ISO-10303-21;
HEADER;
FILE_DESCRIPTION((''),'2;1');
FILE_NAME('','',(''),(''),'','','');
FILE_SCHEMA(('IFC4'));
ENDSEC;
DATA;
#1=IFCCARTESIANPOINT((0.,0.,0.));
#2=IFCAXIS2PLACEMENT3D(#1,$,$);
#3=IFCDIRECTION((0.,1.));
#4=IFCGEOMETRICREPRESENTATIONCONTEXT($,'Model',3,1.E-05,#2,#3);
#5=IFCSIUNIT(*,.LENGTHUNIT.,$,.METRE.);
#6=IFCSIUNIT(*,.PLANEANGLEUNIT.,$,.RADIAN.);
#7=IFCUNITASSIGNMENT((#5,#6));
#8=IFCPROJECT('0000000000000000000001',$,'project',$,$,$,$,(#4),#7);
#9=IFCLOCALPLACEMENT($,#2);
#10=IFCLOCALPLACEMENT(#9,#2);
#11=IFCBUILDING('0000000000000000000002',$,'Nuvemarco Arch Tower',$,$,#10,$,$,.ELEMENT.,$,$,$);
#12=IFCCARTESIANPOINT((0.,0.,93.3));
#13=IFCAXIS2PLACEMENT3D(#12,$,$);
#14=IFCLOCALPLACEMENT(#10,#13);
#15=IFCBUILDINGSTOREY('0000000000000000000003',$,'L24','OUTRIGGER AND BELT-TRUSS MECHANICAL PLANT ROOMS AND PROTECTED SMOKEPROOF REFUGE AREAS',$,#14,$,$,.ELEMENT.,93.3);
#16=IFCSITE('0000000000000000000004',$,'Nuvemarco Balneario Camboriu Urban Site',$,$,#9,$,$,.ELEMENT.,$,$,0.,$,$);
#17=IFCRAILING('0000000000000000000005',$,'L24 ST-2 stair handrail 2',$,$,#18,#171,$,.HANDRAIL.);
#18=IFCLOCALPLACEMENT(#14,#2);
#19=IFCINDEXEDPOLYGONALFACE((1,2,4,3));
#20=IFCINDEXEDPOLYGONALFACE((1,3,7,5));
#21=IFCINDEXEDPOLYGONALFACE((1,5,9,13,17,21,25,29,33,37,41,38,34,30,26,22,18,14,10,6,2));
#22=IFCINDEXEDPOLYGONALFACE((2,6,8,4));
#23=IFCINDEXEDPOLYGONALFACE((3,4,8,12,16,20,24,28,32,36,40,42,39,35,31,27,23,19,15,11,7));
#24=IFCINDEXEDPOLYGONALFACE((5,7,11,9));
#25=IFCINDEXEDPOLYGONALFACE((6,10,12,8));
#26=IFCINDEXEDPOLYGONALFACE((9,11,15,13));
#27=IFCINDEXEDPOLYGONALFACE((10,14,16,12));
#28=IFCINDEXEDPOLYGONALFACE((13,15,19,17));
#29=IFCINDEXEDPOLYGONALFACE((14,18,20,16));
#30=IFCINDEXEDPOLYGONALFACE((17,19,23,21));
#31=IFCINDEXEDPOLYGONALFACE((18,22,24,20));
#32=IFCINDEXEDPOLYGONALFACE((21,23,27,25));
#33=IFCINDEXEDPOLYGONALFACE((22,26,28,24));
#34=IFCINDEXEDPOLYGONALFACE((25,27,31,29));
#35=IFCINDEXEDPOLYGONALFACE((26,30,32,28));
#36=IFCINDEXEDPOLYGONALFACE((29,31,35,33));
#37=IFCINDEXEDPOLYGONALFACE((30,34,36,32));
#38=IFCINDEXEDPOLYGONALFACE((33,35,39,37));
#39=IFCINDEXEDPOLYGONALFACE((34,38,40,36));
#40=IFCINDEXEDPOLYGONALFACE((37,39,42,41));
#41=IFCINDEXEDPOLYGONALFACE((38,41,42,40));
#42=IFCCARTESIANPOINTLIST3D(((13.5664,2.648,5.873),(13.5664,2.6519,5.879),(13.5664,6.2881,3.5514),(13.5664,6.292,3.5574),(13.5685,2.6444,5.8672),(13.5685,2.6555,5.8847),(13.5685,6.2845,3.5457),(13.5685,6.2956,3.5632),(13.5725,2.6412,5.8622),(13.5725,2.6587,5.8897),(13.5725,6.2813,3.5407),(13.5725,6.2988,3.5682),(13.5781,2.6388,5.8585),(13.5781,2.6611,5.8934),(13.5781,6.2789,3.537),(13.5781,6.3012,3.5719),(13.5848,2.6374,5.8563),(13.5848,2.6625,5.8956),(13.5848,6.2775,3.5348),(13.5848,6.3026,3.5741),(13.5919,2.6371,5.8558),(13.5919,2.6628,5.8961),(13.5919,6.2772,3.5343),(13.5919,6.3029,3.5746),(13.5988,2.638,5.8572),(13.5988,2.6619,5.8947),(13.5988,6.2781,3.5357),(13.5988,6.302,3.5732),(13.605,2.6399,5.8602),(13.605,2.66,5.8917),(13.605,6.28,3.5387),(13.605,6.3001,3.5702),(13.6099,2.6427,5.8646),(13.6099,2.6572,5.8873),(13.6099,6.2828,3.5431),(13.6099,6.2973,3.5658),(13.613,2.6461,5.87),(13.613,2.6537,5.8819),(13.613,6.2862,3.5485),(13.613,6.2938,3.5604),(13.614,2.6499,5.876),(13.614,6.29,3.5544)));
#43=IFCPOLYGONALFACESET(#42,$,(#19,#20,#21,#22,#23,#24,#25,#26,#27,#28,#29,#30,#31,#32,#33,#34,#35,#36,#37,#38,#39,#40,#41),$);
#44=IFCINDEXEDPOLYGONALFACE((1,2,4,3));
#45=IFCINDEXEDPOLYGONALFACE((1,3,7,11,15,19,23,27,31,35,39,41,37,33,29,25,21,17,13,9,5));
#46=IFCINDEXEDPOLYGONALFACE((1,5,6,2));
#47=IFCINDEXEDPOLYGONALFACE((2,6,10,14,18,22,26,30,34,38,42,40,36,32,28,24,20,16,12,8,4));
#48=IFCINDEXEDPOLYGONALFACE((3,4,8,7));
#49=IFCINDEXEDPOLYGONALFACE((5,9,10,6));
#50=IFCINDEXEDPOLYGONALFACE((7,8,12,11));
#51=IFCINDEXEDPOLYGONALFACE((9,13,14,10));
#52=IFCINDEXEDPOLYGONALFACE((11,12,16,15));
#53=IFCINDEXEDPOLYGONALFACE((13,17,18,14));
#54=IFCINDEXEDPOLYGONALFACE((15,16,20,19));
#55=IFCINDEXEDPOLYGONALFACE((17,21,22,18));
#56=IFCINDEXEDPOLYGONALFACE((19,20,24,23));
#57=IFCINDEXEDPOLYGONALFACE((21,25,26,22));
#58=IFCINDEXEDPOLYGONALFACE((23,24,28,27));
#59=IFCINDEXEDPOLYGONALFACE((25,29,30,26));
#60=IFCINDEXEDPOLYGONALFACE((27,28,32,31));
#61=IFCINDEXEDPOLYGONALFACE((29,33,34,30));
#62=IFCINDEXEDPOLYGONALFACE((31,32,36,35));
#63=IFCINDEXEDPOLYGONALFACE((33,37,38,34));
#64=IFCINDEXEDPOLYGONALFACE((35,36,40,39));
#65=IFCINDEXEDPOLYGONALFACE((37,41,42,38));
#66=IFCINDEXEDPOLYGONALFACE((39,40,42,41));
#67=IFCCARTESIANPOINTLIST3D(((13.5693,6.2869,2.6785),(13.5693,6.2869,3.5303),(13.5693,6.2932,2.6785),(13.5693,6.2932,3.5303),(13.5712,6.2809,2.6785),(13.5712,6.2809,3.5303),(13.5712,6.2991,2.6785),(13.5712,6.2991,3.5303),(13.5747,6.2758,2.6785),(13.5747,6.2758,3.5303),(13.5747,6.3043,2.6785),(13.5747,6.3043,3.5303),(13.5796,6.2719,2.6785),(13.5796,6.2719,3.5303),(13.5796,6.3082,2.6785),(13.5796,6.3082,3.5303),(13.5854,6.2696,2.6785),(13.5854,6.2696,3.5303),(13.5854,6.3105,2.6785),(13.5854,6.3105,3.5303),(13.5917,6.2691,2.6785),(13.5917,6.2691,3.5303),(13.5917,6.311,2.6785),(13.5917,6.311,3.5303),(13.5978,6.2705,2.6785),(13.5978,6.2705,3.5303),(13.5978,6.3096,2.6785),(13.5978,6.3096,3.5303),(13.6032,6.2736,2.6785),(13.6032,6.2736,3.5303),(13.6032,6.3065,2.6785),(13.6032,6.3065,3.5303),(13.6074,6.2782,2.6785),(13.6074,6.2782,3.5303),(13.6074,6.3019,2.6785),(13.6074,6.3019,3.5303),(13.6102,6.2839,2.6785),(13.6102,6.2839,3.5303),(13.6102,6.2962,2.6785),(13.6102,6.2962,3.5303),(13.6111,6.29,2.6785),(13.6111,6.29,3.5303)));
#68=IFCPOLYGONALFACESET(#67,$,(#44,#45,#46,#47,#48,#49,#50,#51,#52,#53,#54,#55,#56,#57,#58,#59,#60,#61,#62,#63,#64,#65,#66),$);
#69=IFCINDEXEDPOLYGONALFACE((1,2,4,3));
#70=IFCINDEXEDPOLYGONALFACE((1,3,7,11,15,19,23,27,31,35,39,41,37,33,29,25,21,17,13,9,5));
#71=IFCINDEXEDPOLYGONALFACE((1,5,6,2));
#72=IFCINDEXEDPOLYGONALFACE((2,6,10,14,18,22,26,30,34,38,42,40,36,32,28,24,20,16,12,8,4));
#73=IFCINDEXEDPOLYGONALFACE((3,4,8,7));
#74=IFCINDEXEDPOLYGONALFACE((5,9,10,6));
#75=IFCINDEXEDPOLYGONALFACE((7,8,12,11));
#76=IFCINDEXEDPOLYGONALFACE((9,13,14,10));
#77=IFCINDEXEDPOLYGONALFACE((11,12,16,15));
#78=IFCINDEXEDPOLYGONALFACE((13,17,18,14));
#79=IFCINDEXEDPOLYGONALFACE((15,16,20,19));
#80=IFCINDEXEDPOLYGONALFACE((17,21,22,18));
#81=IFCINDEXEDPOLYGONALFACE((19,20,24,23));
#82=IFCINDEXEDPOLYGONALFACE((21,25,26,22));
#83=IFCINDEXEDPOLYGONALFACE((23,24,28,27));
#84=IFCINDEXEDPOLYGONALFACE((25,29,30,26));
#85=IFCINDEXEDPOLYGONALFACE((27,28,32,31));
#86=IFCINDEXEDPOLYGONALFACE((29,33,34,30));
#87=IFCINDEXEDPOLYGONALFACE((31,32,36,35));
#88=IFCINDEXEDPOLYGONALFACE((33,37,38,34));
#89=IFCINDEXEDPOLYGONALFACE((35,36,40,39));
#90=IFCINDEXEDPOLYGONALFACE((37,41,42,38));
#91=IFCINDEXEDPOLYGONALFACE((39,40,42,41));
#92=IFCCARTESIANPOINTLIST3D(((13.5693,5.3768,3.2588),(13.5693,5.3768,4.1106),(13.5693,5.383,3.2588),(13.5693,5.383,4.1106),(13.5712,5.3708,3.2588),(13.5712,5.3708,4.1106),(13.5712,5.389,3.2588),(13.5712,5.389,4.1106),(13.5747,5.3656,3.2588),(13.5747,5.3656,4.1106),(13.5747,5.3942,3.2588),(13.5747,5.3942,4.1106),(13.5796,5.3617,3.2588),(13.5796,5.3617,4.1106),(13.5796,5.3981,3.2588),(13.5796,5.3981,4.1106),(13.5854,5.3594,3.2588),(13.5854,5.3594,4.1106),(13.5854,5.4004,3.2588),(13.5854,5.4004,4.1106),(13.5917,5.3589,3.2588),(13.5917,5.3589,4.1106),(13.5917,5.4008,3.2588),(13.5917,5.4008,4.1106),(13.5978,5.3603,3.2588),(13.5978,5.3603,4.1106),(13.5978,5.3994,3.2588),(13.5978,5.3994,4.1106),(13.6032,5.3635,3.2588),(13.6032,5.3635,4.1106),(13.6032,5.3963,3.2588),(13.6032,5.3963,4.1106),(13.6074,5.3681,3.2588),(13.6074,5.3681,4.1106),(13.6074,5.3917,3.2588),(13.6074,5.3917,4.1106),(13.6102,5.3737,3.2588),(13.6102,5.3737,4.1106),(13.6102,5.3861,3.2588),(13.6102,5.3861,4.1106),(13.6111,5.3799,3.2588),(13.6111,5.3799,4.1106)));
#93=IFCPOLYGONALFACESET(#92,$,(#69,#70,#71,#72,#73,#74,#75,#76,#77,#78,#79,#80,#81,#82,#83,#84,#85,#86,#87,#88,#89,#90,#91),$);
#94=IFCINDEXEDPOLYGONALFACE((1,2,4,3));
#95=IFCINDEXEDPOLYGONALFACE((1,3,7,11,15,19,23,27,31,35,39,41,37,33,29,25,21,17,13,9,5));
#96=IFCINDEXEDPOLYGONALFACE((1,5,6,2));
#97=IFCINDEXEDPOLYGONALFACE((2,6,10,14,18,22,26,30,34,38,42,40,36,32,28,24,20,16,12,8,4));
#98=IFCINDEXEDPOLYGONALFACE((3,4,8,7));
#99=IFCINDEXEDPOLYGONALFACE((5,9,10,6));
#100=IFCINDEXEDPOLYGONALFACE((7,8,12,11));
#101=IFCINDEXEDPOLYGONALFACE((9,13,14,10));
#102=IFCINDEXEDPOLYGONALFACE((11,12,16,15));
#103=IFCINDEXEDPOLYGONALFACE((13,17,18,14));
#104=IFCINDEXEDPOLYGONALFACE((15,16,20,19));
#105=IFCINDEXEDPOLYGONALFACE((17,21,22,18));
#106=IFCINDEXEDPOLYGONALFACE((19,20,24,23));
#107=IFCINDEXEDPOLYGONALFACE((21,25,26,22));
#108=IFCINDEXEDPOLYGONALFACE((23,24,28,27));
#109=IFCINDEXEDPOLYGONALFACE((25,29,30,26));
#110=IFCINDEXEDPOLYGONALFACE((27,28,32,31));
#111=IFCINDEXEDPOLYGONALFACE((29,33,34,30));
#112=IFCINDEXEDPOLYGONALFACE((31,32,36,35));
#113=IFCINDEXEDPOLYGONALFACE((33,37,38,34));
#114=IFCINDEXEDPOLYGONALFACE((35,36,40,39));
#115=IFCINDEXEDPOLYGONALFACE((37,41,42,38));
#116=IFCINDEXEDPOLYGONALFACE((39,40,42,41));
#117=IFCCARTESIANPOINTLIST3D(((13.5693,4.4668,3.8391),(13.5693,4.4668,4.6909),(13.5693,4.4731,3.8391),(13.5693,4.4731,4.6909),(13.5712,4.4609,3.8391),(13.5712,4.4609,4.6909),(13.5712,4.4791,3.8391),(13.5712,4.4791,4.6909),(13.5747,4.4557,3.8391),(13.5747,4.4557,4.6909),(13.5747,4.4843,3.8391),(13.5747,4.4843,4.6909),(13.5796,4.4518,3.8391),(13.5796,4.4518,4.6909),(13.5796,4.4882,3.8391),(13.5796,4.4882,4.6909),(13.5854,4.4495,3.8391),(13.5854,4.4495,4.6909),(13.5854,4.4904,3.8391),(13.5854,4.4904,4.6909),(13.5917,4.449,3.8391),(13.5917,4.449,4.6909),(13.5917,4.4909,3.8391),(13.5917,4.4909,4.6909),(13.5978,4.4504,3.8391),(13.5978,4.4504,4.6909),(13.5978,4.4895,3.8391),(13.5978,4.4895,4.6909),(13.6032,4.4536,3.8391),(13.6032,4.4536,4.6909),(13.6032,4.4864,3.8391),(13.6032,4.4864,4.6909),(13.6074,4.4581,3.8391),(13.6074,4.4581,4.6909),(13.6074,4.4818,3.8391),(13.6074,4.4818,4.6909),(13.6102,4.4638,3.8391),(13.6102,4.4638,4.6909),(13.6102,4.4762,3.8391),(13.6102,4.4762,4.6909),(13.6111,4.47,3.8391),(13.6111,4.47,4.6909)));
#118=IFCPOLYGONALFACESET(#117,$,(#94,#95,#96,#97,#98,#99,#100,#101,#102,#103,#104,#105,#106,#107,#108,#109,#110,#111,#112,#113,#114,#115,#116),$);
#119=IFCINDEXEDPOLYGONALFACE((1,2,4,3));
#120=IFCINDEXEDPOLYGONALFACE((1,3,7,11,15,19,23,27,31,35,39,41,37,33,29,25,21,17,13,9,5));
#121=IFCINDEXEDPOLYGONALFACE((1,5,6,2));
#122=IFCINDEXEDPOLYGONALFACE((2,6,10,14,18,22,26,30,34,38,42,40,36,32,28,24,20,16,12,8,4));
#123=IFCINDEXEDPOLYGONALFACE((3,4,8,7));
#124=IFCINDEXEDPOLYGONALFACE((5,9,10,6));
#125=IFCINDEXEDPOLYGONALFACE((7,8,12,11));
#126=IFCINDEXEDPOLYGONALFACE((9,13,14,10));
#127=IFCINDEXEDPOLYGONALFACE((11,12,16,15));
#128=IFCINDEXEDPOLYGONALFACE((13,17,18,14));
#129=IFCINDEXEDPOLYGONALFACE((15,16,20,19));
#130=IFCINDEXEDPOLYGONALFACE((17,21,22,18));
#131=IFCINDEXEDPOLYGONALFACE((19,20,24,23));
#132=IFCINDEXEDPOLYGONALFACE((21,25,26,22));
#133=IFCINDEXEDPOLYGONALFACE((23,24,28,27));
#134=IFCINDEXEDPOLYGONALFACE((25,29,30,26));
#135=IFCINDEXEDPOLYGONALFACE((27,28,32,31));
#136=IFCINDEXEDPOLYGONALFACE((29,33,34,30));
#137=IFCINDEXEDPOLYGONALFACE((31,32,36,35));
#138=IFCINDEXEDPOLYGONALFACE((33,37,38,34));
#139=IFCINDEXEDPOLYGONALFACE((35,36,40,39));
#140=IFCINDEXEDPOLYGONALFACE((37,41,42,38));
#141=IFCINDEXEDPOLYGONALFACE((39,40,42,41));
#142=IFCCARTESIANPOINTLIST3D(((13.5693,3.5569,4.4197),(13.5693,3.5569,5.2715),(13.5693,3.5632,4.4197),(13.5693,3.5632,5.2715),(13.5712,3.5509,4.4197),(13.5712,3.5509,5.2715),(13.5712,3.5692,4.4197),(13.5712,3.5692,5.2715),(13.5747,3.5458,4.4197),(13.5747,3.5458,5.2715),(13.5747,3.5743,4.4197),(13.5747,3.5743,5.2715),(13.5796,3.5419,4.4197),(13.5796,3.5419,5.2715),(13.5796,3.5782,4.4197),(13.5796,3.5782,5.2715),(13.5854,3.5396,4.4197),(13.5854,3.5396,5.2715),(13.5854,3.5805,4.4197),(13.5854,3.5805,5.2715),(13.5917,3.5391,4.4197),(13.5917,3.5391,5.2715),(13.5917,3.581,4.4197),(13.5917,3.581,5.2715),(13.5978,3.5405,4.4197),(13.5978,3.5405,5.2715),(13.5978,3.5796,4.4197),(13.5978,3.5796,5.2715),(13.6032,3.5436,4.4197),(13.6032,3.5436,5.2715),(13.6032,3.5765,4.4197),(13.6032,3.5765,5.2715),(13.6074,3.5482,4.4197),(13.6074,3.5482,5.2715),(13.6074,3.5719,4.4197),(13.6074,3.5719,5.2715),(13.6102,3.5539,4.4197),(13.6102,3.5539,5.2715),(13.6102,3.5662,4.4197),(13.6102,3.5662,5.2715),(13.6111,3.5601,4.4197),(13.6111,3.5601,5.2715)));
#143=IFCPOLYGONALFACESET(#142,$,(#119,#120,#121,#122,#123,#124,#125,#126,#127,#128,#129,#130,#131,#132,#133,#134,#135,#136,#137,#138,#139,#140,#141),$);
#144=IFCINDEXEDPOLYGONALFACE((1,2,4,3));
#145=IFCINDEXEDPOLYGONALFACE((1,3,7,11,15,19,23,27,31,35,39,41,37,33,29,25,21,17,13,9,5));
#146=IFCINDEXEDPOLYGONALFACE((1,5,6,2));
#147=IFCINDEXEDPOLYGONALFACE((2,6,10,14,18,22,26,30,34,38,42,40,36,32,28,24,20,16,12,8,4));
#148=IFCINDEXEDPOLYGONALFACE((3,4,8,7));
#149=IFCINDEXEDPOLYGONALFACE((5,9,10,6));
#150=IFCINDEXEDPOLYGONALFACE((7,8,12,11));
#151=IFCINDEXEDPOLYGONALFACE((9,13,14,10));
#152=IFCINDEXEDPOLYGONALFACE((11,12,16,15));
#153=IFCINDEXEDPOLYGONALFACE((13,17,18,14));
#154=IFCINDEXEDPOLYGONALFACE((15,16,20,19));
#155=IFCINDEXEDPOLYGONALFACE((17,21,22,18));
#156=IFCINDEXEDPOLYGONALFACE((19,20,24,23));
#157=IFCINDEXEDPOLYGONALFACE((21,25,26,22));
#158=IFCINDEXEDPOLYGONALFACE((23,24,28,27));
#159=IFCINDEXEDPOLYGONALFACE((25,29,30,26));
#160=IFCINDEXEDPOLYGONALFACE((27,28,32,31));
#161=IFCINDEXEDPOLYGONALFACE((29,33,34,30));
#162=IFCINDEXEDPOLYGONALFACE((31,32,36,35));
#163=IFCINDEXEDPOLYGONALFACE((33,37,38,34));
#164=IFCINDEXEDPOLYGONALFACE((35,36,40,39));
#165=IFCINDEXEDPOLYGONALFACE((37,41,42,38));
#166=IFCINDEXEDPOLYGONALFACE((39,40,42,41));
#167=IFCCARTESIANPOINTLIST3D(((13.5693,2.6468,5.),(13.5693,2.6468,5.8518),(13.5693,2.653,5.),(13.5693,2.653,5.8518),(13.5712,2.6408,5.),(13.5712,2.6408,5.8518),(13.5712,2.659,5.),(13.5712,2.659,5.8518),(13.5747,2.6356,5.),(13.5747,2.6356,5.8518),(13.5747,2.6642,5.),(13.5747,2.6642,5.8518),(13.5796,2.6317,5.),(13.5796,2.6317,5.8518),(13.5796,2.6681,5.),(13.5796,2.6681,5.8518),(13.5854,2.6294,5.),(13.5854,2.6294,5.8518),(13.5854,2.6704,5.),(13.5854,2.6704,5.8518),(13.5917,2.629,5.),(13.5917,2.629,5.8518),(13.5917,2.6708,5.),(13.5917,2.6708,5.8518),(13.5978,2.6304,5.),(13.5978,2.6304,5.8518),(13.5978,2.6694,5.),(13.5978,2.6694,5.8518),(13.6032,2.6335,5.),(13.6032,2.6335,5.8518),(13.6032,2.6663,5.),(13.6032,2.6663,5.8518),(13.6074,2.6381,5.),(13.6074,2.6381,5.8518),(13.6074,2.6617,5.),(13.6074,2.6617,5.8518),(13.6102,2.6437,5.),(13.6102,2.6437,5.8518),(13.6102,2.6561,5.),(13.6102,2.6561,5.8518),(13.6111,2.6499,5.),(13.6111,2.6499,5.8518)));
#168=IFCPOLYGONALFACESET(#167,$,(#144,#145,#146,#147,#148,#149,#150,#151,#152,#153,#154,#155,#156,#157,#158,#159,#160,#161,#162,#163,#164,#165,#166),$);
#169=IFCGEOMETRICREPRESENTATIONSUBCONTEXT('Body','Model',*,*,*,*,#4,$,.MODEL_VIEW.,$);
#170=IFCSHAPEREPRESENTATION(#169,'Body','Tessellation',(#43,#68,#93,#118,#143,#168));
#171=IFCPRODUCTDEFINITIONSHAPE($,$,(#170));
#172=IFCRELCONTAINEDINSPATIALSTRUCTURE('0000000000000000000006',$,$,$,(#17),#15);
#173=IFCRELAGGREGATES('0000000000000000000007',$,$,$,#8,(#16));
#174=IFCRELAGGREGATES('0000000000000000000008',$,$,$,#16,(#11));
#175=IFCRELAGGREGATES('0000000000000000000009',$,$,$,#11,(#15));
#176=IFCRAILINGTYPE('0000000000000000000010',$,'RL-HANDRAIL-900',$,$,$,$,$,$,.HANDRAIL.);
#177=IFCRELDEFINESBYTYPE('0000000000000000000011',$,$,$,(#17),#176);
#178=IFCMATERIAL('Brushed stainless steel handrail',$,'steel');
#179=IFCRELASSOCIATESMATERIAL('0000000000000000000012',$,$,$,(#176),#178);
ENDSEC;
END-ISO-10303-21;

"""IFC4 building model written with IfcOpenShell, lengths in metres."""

from ifc_helpers import new_model, si_unit, direction, frame, origin, origin_2d, place, context, subcontext, project, spatial, circle, extrude, material, type_object, element, save


model = new_model("IFC4")

# Units and contexts
model_context = context("Model", 3, precision=1e-05, world=origin(), true_north=direction((0.0, 1.0)))
body_context = subcontext(model_context, "Body", "Model", "MODEL_VIEW")
ifc_project = project(units=[si_unit("LENGTHUNIT", "METRE"), si_unit("PLANEANGLEUNIT", "RADIAN")], contexts=[model_context])

# Site, building, storey
site_placement = place(None, origin())
site = spatial("IfcSite", under=ifc_project, at=site_placement, Name="Nuvemarco Balneario Camboriu Urban Site", CompositionType="ELEMENT", RefElevation=0.0)
building_placement = place(site_placement, origin())
building = spatial("IfcBuilding", under=site, at=building_placement, Name="Nuvemarco Arch Tower", CompositionType="ELEMENT")
storey_placement = place(building_placement, frame((0.0, 0.0, 93.3)))
storey = spatial("IfcBuildingStorey", under=building, at=storey_placement, Name="L24", Description="OUTRIGGER AND BELT-TRUSS MECHANICAL PLANT ROOMS AND PROTECTED SMOKEPROOF REFUGE AREAS", CompositionType="ELEMENT", Elevation=93.3)

# Railing
ifc_material_1 = material(Name="Brushed stainless steel handrail", Category="steel")
railing_type_1 = type_object("IfcRailingType", Name="RL-HANDRAIL-900", PredefinedType="HANDRAIL", material=ifc_material_1)
railing_1_placement = place(storey_placement, frame((13.5901, 6.29, 2.6785)))
element("IfcRailing", 1, at=railing_1_placement, inside=storey, type_object=railing_type_1, Name="L24 ST-2 stair handrail 2", PredefinedType="HANDRAIL", context=body_context, shape_type="SweptSolid", body=[
    extrude(circle(Radius=0.0239, at=origin_2d()), frame((0.0, 0.0, 0.876), z_axis=(0.0, -0.843128, 0.537713), x_axis=(1.0, 0.0, 0.0)), (0.0, 0.0, 1.0), 4.3174),
    extrude(circle(Radius=0.021, at=origin_2d()), origin(), (0.0, 0.0, 1.0), 0.8518),
    extrude(circle(Radius=0.021, at=origin_2d()), frame((0.0, -0.9102, 0.5803)), (0.0, 0.0, 1.0), 0.8518),
    extrude(circle(Radius=0.021, at=origin_2d()), frame((0.0, -1.8201, 1.1606)), (0.0, 0.0, 1.0), 0.8518),
    extrude(circle(Radius=0.021, at=origin_2d()), frame((0.0, -2.73, 1.7412)), (0.0, 0.0, 1.0), 0.8518),
    extrude(circle(Radius=0.021, at=origin_2d()), frame((0.0, -3.6401, 2.3215)), (0.0, 0.0, 1.0), 0.8518),
])

save(model, "model.ifc")
